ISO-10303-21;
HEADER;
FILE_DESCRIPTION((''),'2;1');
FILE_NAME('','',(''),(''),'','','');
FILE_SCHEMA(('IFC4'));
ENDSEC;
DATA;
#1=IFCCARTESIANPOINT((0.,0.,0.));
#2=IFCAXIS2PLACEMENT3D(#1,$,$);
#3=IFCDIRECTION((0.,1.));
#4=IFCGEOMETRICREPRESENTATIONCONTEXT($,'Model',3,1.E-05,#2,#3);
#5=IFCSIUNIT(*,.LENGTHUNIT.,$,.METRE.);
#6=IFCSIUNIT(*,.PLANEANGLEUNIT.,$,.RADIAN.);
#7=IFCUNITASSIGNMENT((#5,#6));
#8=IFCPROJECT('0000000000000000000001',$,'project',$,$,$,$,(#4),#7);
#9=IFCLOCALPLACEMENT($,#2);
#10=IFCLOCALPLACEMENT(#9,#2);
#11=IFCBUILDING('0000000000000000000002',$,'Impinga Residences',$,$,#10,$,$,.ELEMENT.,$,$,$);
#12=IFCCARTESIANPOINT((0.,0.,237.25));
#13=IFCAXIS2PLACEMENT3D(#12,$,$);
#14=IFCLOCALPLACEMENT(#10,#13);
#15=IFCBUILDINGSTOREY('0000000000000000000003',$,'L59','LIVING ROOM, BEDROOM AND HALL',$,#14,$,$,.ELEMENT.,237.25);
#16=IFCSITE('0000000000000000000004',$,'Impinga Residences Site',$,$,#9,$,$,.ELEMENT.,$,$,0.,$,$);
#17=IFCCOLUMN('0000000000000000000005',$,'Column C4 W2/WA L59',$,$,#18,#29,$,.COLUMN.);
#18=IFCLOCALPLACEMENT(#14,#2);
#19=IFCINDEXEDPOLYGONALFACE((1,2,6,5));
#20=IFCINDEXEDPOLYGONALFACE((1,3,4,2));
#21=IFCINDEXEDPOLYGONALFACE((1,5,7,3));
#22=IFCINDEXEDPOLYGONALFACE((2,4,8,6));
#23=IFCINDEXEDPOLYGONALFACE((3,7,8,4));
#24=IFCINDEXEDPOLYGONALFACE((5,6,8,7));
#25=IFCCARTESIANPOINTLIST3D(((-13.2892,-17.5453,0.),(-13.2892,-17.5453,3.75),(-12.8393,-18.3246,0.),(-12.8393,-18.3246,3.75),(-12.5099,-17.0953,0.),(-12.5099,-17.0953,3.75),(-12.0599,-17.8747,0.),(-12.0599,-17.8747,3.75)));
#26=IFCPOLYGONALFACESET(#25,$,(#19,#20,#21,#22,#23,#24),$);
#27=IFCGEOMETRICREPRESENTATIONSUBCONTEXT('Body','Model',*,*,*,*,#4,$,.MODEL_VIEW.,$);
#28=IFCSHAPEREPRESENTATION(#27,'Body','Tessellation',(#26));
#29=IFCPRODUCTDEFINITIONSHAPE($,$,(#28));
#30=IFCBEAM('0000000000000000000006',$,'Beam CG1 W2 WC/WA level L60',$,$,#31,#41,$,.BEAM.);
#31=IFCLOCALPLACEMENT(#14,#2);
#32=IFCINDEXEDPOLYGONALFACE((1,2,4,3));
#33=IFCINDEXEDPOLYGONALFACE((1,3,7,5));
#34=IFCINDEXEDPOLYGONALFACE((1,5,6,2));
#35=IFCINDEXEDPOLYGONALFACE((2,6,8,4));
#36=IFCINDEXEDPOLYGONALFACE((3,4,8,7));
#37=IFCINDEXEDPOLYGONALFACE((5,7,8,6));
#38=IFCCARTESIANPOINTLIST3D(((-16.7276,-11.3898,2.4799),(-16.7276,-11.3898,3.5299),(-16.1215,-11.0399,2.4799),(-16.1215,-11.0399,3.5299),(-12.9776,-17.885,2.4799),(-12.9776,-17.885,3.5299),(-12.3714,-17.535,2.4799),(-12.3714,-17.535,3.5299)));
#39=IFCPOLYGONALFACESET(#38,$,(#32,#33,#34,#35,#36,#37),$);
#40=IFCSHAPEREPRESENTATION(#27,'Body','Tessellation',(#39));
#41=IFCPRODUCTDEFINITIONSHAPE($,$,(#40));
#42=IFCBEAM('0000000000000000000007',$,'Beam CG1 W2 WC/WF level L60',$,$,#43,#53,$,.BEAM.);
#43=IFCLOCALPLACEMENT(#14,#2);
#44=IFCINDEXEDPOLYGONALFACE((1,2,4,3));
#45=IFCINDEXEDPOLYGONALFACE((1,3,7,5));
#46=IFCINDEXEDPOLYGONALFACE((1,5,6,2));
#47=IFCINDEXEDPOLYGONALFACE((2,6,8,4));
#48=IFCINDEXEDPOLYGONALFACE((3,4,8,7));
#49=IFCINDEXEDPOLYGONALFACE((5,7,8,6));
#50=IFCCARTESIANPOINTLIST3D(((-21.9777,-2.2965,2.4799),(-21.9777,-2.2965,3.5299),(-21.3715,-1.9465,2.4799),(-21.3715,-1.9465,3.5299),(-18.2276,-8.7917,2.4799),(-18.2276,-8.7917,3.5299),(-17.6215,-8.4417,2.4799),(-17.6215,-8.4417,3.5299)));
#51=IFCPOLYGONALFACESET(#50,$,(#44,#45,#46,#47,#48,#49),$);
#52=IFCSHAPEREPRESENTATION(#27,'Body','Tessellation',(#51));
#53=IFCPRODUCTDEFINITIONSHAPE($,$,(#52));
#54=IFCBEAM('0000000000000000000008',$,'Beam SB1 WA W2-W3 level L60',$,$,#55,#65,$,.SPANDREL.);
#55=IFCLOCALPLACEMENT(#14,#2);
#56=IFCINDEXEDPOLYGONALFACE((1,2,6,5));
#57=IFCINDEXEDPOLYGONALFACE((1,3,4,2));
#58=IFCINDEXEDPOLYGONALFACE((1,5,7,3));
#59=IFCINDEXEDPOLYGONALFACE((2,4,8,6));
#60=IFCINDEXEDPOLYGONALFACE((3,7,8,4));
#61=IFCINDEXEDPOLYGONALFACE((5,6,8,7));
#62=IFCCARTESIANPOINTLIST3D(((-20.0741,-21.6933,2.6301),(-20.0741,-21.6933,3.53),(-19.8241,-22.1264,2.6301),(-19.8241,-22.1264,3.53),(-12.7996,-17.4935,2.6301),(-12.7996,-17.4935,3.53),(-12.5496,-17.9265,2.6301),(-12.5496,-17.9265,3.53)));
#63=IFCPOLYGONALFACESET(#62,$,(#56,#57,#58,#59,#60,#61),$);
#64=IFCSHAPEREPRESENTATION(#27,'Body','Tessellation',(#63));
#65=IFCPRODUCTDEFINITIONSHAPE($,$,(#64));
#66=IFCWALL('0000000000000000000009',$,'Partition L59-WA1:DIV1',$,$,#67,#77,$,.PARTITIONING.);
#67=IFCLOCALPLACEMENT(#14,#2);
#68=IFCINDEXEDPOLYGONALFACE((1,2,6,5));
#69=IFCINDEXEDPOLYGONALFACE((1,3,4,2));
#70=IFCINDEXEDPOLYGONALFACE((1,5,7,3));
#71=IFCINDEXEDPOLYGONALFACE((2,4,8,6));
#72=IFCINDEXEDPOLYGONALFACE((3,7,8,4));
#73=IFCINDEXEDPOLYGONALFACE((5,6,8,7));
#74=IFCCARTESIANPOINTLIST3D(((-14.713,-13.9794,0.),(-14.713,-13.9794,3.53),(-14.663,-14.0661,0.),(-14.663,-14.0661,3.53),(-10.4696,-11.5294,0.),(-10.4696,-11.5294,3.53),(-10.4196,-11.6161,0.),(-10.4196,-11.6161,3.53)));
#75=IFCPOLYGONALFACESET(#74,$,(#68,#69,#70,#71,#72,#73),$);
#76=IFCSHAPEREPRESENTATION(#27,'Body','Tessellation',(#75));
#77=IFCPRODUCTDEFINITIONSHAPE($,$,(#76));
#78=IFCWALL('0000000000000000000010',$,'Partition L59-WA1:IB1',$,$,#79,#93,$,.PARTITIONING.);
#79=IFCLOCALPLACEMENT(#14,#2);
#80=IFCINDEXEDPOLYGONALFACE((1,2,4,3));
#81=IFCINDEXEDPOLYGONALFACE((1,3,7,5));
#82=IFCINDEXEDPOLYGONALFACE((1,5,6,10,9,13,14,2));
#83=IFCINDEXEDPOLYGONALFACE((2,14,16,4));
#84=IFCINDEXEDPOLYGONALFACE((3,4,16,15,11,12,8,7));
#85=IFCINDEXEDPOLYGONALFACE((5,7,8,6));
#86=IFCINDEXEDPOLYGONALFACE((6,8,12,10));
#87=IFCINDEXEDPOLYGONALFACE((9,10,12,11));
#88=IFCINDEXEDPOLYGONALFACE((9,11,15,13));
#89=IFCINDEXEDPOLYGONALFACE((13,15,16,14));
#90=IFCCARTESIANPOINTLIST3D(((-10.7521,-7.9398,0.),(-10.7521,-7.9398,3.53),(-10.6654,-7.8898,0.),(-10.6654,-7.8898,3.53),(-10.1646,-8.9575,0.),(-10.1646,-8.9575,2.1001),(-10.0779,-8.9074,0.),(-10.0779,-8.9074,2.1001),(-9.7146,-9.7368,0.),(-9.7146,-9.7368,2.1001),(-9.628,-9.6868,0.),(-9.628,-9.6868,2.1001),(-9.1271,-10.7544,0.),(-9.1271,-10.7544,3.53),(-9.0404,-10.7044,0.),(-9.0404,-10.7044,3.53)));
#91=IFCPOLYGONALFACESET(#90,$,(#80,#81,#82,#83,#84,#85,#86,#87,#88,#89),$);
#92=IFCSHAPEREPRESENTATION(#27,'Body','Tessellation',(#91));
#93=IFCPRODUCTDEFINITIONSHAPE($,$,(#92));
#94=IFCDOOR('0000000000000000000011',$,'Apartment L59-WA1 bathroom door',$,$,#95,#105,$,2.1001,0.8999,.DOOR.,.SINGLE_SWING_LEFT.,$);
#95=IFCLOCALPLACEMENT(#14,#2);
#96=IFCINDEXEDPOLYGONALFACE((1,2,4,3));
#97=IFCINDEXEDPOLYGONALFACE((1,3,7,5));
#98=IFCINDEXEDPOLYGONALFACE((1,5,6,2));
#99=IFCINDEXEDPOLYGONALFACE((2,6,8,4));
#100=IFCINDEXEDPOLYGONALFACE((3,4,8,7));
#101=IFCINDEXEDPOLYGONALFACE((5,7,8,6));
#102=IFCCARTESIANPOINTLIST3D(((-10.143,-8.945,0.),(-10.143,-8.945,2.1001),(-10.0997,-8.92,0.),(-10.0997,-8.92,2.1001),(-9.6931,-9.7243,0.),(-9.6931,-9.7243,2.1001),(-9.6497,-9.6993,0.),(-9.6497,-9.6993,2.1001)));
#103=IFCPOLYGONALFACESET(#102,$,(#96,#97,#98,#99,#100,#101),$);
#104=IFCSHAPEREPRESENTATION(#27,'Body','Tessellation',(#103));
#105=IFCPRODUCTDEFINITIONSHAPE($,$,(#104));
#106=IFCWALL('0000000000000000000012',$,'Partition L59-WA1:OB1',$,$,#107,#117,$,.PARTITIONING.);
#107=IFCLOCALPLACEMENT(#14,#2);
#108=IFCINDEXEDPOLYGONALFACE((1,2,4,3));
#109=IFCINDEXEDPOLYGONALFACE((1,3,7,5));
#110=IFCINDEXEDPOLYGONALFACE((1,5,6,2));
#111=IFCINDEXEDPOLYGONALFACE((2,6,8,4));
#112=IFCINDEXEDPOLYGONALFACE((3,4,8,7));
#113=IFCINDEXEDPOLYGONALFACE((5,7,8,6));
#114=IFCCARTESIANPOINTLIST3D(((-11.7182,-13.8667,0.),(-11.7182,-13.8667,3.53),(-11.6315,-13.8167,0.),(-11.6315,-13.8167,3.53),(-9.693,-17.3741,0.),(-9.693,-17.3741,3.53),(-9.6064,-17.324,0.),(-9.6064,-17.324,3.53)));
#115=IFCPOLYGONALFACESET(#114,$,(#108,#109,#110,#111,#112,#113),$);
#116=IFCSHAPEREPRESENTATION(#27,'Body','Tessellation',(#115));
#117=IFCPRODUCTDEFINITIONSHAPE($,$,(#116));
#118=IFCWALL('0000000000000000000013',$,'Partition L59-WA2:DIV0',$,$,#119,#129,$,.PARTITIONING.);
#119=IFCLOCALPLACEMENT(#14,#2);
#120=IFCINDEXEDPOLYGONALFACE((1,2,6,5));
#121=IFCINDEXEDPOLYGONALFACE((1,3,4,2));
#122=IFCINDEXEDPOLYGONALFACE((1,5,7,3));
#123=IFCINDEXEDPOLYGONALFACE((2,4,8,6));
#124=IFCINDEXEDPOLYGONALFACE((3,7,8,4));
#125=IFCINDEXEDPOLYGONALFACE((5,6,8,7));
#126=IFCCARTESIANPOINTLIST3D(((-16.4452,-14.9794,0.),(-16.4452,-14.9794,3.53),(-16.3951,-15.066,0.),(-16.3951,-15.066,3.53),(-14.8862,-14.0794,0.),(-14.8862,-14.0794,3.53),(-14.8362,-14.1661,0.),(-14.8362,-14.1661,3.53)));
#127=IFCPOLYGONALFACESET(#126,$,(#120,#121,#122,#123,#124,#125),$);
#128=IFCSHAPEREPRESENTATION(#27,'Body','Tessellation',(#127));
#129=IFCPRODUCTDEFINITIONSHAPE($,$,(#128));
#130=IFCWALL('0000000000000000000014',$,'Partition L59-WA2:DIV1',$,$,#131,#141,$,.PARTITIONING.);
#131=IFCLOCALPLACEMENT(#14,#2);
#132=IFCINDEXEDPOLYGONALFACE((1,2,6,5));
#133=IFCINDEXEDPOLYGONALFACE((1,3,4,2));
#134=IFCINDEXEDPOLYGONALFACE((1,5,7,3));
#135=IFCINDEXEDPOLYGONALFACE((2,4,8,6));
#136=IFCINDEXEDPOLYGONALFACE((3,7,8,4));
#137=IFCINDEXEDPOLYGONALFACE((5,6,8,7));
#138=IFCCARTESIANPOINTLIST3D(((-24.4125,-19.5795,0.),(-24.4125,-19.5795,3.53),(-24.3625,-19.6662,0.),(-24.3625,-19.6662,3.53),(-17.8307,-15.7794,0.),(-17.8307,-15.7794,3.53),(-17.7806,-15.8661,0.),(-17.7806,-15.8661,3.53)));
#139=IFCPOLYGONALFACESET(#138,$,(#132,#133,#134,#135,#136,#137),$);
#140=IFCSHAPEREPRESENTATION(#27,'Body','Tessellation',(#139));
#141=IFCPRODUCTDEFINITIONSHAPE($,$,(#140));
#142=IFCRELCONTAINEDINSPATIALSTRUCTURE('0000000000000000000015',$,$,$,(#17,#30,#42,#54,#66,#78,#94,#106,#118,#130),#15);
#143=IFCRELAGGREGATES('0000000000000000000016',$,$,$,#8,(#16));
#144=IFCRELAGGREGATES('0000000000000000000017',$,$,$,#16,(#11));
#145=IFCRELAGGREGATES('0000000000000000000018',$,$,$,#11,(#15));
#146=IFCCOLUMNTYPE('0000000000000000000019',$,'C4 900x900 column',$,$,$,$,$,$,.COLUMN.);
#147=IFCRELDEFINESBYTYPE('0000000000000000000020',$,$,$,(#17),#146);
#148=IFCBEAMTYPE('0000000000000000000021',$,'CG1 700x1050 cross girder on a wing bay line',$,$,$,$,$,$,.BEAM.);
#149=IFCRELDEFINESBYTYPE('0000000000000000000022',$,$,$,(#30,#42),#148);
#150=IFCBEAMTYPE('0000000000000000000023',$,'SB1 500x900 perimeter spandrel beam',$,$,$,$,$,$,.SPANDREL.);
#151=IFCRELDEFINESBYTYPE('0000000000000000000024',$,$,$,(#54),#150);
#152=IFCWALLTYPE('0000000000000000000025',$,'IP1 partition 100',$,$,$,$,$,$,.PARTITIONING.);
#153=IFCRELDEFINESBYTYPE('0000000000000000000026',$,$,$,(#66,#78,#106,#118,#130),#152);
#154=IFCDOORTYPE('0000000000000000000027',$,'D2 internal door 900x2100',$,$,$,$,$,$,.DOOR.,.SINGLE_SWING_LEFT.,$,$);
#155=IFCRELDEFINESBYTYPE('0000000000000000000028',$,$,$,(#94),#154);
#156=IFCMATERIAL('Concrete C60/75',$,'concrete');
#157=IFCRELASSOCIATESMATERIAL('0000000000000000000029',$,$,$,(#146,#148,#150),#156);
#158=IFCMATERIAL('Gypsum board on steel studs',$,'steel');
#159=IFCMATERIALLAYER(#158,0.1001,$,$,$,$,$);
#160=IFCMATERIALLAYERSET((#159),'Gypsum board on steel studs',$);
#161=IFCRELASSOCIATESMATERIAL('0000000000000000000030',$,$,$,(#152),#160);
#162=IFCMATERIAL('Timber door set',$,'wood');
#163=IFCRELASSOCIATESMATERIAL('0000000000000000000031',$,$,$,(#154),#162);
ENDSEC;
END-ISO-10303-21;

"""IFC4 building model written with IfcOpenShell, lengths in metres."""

from ifc_helpers import new_model, si_unit, direction, frame, frame_2d, origin, origin_2d, place, context, subcontext, project, spatial, rectangle, extrude, material, layer, layer_set, material_profile, profile_set, type_object, element, fill, save


model = new_model("IFC4")

# Units and contexts
model_context = context("Model", 3, precision=1e-05, world=origin(), true_north=direction((0.0, 1.0)))
body_context = subcontext(model_context, "Body", "Model", "MODEL_VIEW")
ifc_project = project(units=[si_unit("LENGTHUNIT", "METRE"), si_unit("PLANEANGLEUNIT", "RADIAN")], contexts=[model_context])

# Site, building, storey
site_placement = place(None, origin())
site = spatial("IfcSite", under=ifc_project, at=site_placement, Name="Impinga Residences Site", CompositionType="ELEMENT", RefElevation=0.0)
building_placement = place(site_placement, origin())
building = spatial("IfcBuilding", under=site, at=building_placement, Name="Impinga Residences", CompositionType="ELEMENT")
storey_placement = place(building_placement, frame((0.0, 0.0, 237.25)))
storey = spatial("IfcBuildingStorey", under=building, at=storey_placement, Name="L59", Description="LIVING ROOM, BEDROOM AND HALL", CompositionType="ELEMENT", Elevation=237.25)

# Column
ifc_material_1 = material(Name="Concrete C60/75", Category="concrete")
ifc_material_profile_1 = material_profile(ifc_material_1, rectangle(XDim=0.8999, YDim=0.8999, at=origin_2d()), Name="RC 900x900")
ifc_profile_set_1 = profile_set([ifc_material_profile_1], Name="Concrete C60/75")
column_type = type_object("IfcColumnType", Name="C4 900x900 column", PredefinedType="COLUMN", material=ifc_profile_set_1)
column_placement = place(storey_placement, frame((-12.6746, -17.71, 0.0), z_axis=(0.0, 0.0, 1.0), x_axis=(-0.5, 0.866025, 0.0)))
element("IfcColumn", 1, at=column_placement, inside=storey, type_object=column_type, Name="Column C4 W2/WA L59", PredefinedType="COLUMN", context=body_context, shape_type="SweptSolid", body=[
    extrude(rectangle(XDim=0.8999, YDim=0.8999, at=origin_2d()), origin(), (0.0, 0.0, 1.0), 3.75),
])

# Beams
ifc_material_profile_2 = material_profile(ifc_material_1, rectangle(XDim=0.7, YDim=1.05, at=origin_2d()), Name="RC 700x1050")
ifc_profile_set_2 = profile_set([ifc_material_profile_2], Name="Concrete C60/75")
beam_type_1 = type_object("IfcBeamType", Name="CG1 700x1050 cross girder on a wing bay line", PredefinedType="BEAM", material=ifc_profile_set_2)
for number, where, z_axis, x_axis, name in (
    (2, (-16.4246, -11.2148, 3.0049), (0.500004, -0.866023, 0.0), (0.866023, 0.500004, 0.0), "Beam CG1 W2 WC/WA level L60"),
    (3, (-17.9246, -8.6167, 3.0049), (-0.500004, 0.866023, 0.0), (-0.866023, -0.500004, 0.0), "Beam CG1 W2 WC/WF level L60"),
):
    element("IfcBeam", number, at=place(storey_placement, frame(where, z_axis=z_axis, x_axis=x_axis)), inside=storey, type_object=beam_type_1, Name=name, PredefinedType="BEAM", context=body_context, shape_type="SweptSolid", body=[
        extrude(rectangle(XDim=0.7, YDim=1.05, at=origin_2d()), origin(), (0.0, 0.0, 1.0), 7.5),
    ])
ifc_material_profile_3 = material_profile(ifc_material_1, rectangle(XDim=0.5, YDim=0.8999, at=origin_2d()), Name="RC 500x900")
ifc_profile_set_3 = profile_set([ifc_material_profile_3], Name="Concrete C60/75")
beam_type_2 = type_object("IfcBeamType", Name="SB1 500x900 perimeter spandrel beam", PredefinedType="SPANDREL", material=ifc_profile_set_3)
beam_placement = place(storey_placement, frame((-12.6746, -17.71, 3.0801), z_axis=(-0.866029, -0.499993, 0.0), x_axis=(0.499993, -0.866029, 0.0)))
element("IfcBeam", 4, at=beam_placement, inside=storey, type_object=beam_type_2, Name="Beam SB1 WA W2-W3 level L60", PredefinedType="SPANDREL", context=body_context, shape_type="SweptSolid", body=[
    extrude(rectangle(XDim=0.5, YDim=0.8999, at=origin_2d()), origin(), (0.0, 0.0, 1.0), 8.3999),
])

# Wall
ifc_material_2 = material(Name="Gypsum board on steel studs", Category="steel")
ifc_layer_1 = layer(ifc_material_2, 0.1001)
ifc_layer_set_1 = layer_set([ifc_layer_1], Name="Gypsum board on steel studs")
wall_type_1 = type_object("IfcWallType", Name="IP1 partition 100", PredefinedType="PARTITIONING", material=ifc_layer_set_1)
wall_1_placement = place(storey_placement, frame((-10.4446, -11.5728, 0.0), z_axis=(0.0, 0.0, 1.0), x_axis=(-0.866024, -0.500003, 0.0)))
element("IfcWall", 5, at=wall_1_placement, inside=storey, type_object=wall_type_1, Name="Partition L59-WA1:DIV1", PredefinedType="PARTITIONING", context=body_context, shape_type="SweptSolid", body=[
    extrude(rectangle(XDim=4.8999, YDim=0.1001, at=frame_2d((2.45, 0.0))), origin(), (0.0, 0.0, 1.0), 3.53),
])

# Wall, opening, door
wall_2_placement = place(storey_placement, frame((-10.7087, -7.9148, 0.0), z_axis=(0.0, 0.0, 1.0), x_axis=(0.499985, -0.866034, 0.0)))
wall_2 = element("IfcWall", 6, at=wall_2_placement, inside=storey, type_object=wall_type_1, Name="Partition L59-WA1:IB1", PredefinedType="PARTITIONING", context=body_context, shape_type="SweptSolid", body=[
    extrude(rectangle(XDim=3.25, YDim=0.1001, at=frame_2d((1.625, 0.0))), origin(), (0.0, 0.0, 1.0), 3.53),
])
opening_1_placement = place(wall_2_placement, frame((1.175, 0.0, 0.0)))
opening_1 = element("IfcOpeningElement", 7, at=opening_1_placement, cuts=wall_2, PredefinedType="OPENING", context=body_context, shape_type="SweptSolid", body=[
    extrude(rectangle(XDim=0.8999, YDim=2.1001, at=frame_2d((0.45, 1.05))), frame((0.0, 0.0601, 0.0), z_axis=(0.0, -1.0, 0.0), x_axis=(1.0, 0.0, 0.0)), (0.0, 0.0, 1.0), 0.1201),
])
ifc_material_3 = material(Name="Timber door set", Category="wood")
door_type = type_object("IfcDoorType", Name="D2 internal door 900x2100", OperationType="SINGLE_SWING_LEFT", PredefinedType="DOOR", material=ifc_material_3)
door_1_placement = place(opening_1_placement, origin())
door_1 = element("IfcDoor", 8, at=door_1_placement, inside=storey, type_object=door_type, Name="Apartment L59-WA1 bathroom door", OperationType="SINGLE_SWING_LEFT", OverallHeight=2.1001, OverallWidth=0.8999, PredefinedType="DOOR", context=body_context, shape_type="SweptSolid", body=[
    extrude(rectangle(XDim=0.8999, YDim=2.1001, at=frame_2d((0.45, 1.05))), frame((0.0, 0.0249, 0.0), z_axis=(0.0, -1.0, 0.0), x_axis=(1.0, 0.0, 0.0)), (0.0, 0.0, 1.0), 0.05),
])
fill(opening_1, door_1)

# Walls
wall_3_placement = place(storey_placement, frame((-11.6748, -13.8418, 0.0), z_axis=(0.0, 0.0, 1.0), x_axis=(0.500036, -0.866005, 0.0)))
element("IfcWall", 9, at=wall_3_placement, inside=storey, type_object=wall_type_1, Name="Partition L59-WA1:OB1", PredefinedType="PARTITIONING", context=body_context, shape_type="SweptSolid", body=[
    extrude(rectangle(XDim=4.05, YDim=0.1001, at=frame_2d((2.0249, 0.0))), origin(), (0.0, 0.0, 1.0), 3.53),
])
wall_4_placement = place(storey_placement, frame((-14.8613, -14.1228, 0.0), z_axis=(0.0, 0.0, 1.0), x_axis=(-0.866048, -0.499961, 0.0)))
element("IfcWall", 10, at=wall_4_placement, inside=storey, type_object=wall_type_1, Name="Partition L59-WA2:DIV0", PredefinedType="PARTITIONING", context=body_context, shape_type="SweptSolid", body=[
    extrude(rectangle(XDim=1.8, YDim=0.1001, at=frame_2d((0.8999, 0.0))), origin(), (0.0, 0.0, 1.0), 3.53),
])
wall_5_placement = place(storey_placement, frame((-17.8057, -15.8228, 0.0), z_axis=(0.0, 0.0, 1.0), x_axis=(-0.866022, -0.500005, 0.0)))
element("IfcWall", 11, at=wall_5_placement, inside=storey, type_object=wall_type_1, Name="Partition L59-WA2:DIV1", PredefinedType="PARTITIONING", context=body_context, shape_type="SweptSolid", body=[
    extrude(rectangle(XDim=7.6001, YDim=0.1001, at=frame_2d((3.8, 0.0))), origin(), (0.0, 0.0, 1.0), 3.53),
])

save(model, "model.ifc")
